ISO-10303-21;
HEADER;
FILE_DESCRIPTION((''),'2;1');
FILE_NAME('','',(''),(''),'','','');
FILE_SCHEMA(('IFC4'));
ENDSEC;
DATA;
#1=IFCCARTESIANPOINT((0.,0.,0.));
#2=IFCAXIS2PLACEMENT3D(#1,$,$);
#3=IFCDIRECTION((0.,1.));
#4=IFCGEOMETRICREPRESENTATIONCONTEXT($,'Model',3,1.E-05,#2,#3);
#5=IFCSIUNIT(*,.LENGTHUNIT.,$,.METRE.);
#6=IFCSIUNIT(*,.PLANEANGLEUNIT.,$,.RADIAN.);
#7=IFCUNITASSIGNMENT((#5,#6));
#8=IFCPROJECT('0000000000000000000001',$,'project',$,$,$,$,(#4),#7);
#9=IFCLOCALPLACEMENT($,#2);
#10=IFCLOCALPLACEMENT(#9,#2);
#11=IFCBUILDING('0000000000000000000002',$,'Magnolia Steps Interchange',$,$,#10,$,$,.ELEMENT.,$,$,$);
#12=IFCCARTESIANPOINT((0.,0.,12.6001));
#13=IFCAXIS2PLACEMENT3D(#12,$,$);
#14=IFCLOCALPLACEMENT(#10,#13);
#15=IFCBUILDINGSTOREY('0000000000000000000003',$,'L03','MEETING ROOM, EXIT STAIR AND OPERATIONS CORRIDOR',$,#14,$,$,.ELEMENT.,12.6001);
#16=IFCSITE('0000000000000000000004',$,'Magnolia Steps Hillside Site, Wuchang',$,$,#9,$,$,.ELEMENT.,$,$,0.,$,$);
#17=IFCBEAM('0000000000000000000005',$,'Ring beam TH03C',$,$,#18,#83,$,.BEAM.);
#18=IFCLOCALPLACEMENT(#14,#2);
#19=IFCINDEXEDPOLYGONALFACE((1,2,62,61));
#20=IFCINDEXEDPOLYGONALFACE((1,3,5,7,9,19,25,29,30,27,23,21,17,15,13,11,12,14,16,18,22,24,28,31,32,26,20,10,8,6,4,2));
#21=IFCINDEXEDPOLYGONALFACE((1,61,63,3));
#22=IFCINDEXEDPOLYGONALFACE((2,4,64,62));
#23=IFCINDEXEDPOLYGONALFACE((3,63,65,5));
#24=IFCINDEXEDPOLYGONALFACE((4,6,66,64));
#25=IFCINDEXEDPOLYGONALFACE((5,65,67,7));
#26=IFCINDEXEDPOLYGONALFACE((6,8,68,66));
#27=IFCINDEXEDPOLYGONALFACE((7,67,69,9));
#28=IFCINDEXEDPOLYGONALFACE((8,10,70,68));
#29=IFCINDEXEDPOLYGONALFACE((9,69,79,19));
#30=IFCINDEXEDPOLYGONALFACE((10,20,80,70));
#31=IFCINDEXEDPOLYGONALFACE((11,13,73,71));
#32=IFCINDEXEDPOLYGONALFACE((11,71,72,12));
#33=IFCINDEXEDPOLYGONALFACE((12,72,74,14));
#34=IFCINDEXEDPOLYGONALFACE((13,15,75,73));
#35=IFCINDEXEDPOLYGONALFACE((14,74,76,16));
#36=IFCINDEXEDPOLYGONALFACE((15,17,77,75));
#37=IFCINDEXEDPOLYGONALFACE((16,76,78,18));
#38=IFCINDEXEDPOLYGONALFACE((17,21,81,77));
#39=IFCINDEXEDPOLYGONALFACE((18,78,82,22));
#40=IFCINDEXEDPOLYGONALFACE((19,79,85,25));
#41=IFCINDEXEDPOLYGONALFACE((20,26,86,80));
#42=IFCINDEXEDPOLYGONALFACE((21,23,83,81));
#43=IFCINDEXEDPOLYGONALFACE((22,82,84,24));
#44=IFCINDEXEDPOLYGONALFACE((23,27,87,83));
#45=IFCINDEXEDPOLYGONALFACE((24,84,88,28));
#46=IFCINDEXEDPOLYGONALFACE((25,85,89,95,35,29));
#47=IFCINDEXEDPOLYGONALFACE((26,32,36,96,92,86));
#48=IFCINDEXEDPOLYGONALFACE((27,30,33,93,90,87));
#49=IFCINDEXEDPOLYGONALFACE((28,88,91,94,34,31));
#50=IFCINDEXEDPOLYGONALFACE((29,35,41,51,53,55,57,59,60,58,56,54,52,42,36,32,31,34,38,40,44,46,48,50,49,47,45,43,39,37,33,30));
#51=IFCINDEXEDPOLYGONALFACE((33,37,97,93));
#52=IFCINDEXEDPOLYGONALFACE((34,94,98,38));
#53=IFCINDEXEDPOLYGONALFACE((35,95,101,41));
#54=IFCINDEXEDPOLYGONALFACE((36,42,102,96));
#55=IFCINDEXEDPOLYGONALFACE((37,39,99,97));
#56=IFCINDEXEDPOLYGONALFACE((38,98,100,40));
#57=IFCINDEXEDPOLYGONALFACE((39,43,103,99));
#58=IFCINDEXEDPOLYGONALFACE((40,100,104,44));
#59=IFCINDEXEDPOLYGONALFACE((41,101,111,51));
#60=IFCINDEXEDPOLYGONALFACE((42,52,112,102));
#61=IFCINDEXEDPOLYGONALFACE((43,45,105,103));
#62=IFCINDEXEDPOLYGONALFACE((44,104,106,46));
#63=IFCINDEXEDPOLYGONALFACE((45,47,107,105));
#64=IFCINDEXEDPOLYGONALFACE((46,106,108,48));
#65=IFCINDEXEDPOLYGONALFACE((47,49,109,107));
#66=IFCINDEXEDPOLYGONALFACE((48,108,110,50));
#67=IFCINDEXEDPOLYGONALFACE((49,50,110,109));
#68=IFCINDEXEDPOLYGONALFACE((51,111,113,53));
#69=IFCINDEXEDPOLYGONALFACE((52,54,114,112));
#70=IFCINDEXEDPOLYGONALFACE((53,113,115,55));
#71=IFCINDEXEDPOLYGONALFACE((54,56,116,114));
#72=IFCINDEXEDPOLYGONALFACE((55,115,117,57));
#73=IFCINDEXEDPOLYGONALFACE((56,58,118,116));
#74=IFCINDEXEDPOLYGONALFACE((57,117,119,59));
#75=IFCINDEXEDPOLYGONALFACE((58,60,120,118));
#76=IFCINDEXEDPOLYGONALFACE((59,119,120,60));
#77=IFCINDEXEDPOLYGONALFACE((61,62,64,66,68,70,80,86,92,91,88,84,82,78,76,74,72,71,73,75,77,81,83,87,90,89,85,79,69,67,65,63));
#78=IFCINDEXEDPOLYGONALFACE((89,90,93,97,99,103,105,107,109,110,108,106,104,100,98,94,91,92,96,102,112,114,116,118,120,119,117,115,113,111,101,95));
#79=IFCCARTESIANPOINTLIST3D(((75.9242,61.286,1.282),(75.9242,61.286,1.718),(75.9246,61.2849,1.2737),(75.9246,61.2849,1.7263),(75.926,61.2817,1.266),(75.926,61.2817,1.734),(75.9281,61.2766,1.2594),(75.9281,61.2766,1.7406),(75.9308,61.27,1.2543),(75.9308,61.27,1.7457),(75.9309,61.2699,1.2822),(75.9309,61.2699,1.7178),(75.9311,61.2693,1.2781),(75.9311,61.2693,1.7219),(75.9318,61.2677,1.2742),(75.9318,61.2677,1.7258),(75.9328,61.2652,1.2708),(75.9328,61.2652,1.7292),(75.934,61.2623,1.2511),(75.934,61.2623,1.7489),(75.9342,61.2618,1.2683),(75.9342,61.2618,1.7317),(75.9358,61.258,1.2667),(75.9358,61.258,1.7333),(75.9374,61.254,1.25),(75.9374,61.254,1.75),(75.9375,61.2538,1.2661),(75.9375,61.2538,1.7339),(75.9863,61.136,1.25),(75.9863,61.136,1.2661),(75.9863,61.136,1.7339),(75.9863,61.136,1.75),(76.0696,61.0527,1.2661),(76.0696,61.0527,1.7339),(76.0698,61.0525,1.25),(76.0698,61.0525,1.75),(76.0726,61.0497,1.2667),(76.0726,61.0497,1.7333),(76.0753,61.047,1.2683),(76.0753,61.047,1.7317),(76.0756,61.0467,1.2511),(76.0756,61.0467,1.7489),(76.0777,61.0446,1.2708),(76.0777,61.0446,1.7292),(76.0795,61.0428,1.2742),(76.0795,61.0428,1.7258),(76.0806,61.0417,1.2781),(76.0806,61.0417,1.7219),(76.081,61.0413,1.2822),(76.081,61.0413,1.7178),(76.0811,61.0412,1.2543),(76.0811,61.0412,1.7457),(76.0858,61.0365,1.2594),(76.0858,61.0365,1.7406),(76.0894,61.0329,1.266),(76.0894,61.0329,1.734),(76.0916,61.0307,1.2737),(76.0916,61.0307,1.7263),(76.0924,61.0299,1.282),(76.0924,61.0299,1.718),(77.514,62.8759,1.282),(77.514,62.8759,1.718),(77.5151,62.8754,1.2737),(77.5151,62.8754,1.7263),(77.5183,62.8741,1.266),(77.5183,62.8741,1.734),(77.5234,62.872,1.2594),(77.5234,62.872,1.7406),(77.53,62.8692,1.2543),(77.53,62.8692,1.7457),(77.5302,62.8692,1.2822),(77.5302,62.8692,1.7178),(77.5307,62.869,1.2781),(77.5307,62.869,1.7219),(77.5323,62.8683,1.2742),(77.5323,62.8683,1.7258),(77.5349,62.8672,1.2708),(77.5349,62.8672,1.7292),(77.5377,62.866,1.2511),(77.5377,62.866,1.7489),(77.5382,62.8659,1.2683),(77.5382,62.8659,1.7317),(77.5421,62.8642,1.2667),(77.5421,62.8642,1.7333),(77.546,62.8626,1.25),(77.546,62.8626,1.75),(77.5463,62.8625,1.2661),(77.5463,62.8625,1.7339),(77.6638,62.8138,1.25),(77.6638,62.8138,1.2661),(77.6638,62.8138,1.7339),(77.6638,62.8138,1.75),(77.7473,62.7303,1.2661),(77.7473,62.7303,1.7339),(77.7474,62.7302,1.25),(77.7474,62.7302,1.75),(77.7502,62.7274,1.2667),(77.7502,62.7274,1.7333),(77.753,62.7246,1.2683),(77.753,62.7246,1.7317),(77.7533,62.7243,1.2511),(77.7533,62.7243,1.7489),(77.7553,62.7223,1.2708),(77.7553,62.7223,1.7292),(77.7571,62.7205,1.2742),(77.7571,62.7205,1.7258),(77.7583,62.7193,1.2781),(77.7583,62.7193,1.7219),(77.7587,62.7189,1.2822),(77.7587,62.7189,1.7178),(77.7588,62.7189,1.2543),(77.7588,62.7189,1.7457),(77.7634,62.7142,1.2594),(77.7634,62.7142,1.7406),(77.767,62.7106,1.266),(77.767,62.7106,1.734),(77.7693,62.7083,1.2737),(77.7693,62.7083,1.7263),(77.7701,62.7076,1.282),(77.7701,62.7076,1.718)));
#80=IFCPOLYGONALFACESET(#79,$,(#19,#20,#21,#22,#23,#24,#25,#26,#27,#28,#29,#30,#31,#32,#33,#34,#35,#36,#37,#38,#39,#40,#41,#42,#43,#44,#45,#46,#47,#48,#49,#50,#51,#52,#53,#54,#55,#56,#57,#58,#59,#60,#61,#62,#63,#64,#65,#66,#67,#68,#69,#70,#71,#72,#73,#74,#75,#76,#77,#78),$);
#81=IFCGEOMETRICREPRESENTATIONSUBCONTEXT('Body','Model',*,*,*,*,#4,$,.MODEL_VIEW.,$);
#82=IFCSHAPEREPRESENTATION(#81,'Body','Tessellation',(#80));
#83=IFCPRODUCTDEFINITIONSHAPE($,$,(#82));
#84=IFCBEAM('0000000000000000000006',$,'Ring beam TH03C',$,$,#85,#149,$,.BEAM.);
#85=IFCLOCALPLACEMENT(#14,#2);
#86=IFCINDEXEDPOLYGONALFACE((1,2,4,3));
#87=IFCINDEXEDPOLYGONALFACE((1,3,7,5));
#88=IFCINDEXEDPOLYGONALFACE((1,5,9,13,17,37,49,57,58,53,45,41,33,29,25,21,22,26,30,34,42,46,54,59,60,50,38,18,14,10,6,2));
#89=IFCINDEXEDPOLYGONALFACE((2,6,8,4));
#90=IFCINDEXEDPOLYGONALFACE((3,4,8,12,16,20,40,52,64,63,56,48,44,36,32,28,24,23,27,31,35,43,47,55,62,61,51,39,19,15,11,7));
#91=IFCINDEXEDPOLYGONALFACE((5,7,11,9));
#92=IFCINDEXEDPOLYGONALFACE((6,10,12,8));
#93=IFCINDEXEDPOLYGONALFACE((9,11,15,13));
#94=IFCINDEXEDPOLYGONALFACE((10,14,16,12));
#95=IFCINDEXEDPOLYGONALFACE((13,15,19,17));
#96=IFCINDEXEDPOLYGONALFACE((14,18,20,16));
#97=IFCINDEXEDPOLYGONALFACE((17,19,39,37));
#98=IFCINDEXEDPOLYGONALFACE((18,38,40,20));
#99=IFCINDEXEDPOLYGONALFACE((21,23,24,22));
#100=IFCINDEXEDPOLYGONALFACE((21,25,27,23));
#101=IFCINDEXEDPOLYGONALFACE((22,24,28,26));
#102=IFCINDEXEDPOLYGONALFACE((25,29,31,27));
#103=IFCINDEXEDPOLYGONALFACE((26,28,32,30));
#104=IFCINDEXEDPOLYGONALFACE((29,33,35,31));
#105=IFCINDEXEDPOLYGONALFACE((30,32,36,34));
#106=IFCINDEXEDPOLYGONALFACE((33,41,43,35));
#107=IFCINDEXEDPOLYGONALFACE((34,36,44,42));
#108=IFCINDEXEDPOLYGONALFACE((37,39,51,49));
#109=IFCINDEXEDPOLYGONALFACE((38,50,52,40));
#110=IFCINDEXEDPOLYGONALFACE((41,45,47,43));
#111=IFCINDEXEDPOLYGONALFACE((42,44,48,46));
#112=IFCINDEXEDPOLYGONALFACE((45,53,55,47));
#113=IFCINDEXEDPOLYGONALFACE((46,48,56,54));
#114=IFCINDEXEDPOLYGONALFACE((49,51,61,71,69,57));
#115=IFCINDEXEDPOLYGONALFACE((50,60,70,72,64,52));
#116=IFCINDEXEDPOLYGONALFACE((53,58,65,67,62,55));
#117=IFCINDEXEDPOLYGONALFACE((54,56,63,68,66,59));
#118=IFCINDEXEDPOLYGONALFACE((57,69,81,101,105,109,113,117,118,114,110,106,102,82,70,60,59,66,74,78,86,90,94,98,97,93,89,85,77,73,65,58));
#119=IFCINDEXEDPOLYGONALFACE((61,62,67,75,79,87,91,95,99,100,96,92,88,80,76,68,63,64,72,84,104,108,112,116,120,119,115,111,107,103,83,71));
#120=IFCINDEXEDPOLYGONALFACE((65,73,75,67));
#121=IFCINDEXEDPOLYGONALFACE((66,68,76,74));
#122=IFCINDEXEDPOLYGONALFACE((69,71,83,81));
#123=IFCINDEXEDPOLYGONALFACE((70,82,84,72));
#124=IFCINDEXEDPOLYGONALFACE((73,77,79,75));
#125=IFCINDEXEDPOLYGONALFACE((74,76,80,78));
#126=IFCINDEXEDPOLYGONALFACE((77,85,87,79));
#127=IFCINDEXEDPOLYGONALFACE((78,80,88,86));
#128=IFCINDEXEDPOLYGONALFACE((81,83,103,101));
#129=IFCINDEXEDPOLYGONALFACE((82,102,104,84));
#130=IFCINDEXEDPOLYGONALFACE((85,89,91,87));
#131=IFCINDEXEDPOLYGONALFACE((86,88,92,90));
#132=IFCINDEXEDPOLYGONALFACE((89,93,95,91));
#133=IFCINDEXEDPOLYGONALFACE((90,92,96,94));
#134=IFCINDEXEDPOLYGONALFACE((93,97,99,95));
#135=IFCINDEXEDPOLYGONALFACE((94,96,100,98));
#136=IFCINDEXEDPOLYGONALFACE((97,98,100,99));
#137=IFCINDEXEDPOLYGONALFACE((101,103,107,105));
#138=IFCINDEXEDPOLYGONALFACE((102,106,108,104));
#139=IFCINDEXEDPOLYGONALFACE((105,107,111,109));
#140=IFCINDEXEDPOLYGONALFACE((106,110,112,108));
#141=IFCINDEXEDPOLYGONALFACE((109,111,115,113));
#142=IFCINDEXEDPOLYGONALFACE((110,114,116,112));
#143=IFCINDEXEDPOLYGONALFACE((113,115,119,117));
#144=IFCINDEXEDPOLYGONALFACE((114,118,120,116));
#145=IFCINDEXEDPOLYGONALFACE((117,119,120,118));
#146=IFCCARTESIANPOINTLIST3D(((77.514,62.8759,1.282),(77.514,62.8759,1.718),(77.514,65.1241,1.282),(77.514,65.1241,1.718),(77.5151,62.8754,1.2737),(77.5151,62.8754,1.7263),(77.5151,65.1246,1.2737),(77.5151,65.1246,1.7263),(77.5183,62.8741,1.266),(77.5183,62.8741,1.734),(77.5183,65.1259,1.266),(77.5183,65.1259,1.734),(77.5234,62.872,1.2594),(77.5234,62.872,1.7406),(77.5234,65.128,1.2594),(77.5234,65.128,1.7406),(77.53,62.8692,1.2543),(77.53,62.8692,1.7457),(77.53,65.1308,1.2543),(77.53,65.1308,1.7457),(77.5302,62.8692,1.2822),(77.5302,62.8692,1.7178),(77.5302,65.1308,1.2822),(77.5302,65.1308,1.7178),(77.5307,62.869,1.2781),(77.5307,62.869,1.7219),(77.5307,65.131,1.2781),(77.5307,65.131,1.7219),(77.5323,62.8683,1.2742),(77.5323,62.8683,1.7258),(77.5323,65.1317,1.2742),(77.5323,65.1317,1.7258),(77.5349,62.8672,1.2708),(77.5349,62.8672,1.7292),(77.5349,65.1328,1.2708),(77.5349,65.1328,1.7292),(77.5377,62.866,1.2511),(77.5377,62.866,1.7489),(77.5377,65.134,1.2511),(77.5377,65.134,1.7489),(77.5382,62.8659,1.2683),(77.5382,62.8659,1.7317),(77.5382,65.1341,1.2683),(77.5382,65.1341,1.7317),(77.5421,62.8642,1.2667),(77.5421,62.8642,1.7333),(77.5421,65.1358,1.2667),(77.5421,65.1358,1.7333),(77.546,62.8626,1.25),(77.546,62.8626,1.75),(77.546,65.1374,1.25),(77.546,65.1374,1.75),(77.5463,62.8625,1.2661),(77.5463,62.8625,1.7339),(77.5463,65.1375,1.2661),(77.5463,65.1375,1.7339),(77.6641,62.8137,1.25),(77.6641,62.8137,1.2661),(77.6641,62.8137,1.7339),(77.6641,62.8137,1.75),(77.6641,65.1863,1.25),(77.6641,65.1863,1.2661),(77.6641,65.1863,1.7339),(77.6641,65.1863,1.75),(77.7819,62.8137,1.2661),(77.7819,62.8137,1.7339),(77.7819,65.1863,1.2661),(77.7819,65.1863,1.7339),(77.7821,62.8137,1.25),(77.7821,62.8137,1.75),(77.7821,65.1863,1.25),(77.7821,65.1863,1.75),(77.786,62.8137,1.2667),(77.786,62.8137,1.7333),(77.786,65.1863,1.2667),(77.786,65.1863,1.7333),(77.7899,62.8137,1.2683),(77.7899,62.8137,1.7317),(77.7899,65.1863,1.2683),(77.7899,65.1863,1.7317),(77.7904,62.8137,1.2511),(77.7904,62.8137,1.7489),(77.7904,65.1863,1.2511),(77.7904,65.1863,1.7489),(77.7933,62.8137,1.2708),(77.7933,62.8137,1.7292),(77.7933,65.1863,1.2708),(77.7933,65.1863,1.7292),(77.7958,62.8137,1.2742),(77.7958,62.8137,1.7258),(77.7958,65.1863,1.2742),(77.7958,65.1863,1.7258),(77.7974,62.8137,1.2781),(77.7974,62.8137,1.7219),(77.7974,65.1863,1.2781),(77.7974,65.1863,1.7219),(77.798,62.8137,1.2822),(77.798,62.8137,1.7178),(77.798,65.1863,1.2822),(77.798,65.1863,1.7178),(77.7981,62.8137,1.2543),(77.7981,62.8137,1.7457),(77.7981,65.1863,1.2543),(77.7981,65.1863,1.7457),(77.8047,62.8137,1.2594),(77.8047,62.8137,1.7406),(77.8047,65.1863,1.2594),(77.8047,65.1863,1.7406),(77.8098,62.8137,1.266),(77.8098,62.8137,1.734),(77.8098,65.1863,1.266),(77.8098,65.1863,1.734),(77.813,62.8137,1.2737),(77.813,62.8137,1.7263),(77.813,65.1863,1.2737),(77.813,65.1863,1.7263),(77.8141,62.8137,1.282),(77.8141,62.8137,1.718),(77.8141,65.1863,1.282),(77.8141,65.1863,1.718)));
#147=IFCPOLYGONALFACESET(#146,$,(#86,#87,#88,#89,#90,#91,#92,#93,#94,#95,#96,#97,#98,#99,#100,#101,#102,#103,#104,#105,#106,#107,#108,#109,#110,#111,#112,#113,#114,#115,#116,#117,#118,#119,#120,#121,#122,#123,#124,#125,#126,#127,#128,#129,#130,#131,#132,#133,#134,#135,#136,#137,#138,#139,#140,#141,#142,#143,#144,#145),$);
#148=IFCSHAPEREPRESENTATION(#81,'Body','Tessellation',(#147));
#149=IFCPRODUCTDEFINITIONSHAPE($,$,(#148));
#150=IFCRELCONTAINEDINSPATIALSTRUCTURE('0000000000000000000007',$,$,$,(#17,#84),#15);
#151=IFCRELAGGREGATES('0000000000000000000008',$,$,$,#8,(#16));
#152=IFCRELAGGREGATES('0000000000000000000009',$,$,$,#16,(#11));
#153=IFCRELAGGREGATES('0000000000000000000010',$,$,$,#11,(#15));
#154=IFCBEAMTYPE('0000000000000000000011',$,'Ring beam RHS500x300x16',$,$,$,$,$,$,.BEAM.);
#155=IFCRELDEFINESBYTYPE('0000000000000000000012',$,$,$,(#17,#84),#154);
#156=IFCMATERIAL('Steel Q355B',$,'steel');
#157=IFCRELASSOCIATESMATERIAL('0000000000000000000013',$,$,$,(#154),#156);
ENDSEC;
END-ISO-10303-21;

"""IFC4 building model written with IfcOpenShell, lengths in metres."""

from ifc_helpers import new_model, si_unit, direction, frame, origin, origin_2d, place, context, subcontext, project, spatial, hollow_rectangle, extrude, clip, halfspace, material, material_profile, profile_set, type_object, element, save


model = new_model("IFC4")

# Units and contexts
model_context = context("Model", 3, precision=1e-05, world=origin(), true_north=direction((0.0, 1.0)))
body_context = subcontext(model_context, "Body", "Model", "MODEL_VIEW")
ifc_project = project(units=[si_unit("LENGTHUNIT", "METRE"), si_unit("PLANEANGLEUNIT", "RADIAN")], contexts=[model_context])

# Site, building, storey
site_placement = place(None, origin())
site = spatial("IfcSite", under=ifc_project, at=site_placement, Name="Magnolia Steps Hillside Site, Wuchang", CompositionType="ELEMENT", RefElevation=0.0)
building_placement = place(site_placement, origin())
building = spatial("IfcBuilding", under=site, at=building_placement, Name="Magnolia Steps Interchange", CompositionType="ELEMENT")
storey_placement = place(building_placement, frame((0.0, 0.0, 12.6001)))
storey = spatial("IfcBuildingStorey", under=building, at=storey_placement, Name="L03", Description="MEETING ROOM, EXIT STAIR AND OPERATIONS CORRIDOR", CompositionType="ELEMENT", Elevation=12.6001)

# Beams
ifc_material_1 = material(Name="Steel Q355B", Category="steel")
ifc_material_profile_1 = material_profile(ifc_material_1, hollow_rectangle(XDim=0.3, YDim=0.5, WallThickness=0.0161, InnerFilletRadius=0.0161, OuterFilletRadius=0.032, at=origin_2d()), Name="RHS500x300x16")
ifc_profile_set_1 = profile_set([ifc_material_profile_1], Name="Steel Q355B")
beam_type_1 = type_object("IfcBeamType", Name="Ring beam RHS500x300x16", PredefinedType="BEAM", material=ifc_profile_set_1)
beam_1_placement = place(storey_placement, frame((75.9863, 61.136, 1.5), z_axis=(0.707107, 0.707107, 0.0), x_axis=(-0.707107, 0.707107, 0.0)))
element("IfcBeam", 1, at=beam_1_placement, inside=storey, type_object=beam_type_1, Name="Ring beam TH03C", PredefinedType="BEAM", context=body_context, shape_type="Clipping", body=[
    clip(clip(extrude(hollow_rectangle(XDim=0.3, YDim=0.5, WallThickness=0.0161, InnerFilletRadius=0.0161, OuterFilletRadius=0.032, at=origin_2d()), origin(), (0.0, 0.0, 1.0), 2.3726), halfspace(frame((0.0, 0.0, 0.0), z_axis=(0.382683, 0.0, -0.92388), x_axis=(0.92388, 0.0, 0.382683)), False)), halfspace(frame((0.0, 0.0, 2.3727), z_axis=(0.382683, 0.0, 0.92388), x_axis=(0.92388, 0.0, -0.382683)), False)),
])
for number, where, z_axis, x_axis, name in (
    (2, (77.6641, 62.8137, 1.5), (0.0, 1.0, 0.0), (-1.0, 0.0, 0.0), "Ring beam TH03C"),
):
    element("IfcBeam", number, at=place(storey_placement, frame(where, z_axis=z_axis, x_axis=x_axis)), inside=storey, type_object=beam_type_1, Name=name, PredefinedType="BEAM", context=body_context, shape_type="Clipping", body=[
        clip(clip(extrude(hollow_rectangle(XDim=0.3, YDim=0.5, WallThickness=0.0161, InnerFilletRadius=0.0161, OuterFilletRadius=0.032, at=origin_2d()), origin(), (0.0, 0.0, 1.0), 2.3726), halfspace(frame((0.0, 0.0, 0.0), z_axis=(0.382683, 0.0, -0.92388), x_axis=(0.92388, 0.0, 0.382683)), False)), halfspace(frame((0.0, 0.0, 2.3726), z_axis=(0.382683, 0.0, 0.92388), x_axis=(0.92388, 0.0, -0.382683)), False)),
    ])

save(model, "model.ifc")
